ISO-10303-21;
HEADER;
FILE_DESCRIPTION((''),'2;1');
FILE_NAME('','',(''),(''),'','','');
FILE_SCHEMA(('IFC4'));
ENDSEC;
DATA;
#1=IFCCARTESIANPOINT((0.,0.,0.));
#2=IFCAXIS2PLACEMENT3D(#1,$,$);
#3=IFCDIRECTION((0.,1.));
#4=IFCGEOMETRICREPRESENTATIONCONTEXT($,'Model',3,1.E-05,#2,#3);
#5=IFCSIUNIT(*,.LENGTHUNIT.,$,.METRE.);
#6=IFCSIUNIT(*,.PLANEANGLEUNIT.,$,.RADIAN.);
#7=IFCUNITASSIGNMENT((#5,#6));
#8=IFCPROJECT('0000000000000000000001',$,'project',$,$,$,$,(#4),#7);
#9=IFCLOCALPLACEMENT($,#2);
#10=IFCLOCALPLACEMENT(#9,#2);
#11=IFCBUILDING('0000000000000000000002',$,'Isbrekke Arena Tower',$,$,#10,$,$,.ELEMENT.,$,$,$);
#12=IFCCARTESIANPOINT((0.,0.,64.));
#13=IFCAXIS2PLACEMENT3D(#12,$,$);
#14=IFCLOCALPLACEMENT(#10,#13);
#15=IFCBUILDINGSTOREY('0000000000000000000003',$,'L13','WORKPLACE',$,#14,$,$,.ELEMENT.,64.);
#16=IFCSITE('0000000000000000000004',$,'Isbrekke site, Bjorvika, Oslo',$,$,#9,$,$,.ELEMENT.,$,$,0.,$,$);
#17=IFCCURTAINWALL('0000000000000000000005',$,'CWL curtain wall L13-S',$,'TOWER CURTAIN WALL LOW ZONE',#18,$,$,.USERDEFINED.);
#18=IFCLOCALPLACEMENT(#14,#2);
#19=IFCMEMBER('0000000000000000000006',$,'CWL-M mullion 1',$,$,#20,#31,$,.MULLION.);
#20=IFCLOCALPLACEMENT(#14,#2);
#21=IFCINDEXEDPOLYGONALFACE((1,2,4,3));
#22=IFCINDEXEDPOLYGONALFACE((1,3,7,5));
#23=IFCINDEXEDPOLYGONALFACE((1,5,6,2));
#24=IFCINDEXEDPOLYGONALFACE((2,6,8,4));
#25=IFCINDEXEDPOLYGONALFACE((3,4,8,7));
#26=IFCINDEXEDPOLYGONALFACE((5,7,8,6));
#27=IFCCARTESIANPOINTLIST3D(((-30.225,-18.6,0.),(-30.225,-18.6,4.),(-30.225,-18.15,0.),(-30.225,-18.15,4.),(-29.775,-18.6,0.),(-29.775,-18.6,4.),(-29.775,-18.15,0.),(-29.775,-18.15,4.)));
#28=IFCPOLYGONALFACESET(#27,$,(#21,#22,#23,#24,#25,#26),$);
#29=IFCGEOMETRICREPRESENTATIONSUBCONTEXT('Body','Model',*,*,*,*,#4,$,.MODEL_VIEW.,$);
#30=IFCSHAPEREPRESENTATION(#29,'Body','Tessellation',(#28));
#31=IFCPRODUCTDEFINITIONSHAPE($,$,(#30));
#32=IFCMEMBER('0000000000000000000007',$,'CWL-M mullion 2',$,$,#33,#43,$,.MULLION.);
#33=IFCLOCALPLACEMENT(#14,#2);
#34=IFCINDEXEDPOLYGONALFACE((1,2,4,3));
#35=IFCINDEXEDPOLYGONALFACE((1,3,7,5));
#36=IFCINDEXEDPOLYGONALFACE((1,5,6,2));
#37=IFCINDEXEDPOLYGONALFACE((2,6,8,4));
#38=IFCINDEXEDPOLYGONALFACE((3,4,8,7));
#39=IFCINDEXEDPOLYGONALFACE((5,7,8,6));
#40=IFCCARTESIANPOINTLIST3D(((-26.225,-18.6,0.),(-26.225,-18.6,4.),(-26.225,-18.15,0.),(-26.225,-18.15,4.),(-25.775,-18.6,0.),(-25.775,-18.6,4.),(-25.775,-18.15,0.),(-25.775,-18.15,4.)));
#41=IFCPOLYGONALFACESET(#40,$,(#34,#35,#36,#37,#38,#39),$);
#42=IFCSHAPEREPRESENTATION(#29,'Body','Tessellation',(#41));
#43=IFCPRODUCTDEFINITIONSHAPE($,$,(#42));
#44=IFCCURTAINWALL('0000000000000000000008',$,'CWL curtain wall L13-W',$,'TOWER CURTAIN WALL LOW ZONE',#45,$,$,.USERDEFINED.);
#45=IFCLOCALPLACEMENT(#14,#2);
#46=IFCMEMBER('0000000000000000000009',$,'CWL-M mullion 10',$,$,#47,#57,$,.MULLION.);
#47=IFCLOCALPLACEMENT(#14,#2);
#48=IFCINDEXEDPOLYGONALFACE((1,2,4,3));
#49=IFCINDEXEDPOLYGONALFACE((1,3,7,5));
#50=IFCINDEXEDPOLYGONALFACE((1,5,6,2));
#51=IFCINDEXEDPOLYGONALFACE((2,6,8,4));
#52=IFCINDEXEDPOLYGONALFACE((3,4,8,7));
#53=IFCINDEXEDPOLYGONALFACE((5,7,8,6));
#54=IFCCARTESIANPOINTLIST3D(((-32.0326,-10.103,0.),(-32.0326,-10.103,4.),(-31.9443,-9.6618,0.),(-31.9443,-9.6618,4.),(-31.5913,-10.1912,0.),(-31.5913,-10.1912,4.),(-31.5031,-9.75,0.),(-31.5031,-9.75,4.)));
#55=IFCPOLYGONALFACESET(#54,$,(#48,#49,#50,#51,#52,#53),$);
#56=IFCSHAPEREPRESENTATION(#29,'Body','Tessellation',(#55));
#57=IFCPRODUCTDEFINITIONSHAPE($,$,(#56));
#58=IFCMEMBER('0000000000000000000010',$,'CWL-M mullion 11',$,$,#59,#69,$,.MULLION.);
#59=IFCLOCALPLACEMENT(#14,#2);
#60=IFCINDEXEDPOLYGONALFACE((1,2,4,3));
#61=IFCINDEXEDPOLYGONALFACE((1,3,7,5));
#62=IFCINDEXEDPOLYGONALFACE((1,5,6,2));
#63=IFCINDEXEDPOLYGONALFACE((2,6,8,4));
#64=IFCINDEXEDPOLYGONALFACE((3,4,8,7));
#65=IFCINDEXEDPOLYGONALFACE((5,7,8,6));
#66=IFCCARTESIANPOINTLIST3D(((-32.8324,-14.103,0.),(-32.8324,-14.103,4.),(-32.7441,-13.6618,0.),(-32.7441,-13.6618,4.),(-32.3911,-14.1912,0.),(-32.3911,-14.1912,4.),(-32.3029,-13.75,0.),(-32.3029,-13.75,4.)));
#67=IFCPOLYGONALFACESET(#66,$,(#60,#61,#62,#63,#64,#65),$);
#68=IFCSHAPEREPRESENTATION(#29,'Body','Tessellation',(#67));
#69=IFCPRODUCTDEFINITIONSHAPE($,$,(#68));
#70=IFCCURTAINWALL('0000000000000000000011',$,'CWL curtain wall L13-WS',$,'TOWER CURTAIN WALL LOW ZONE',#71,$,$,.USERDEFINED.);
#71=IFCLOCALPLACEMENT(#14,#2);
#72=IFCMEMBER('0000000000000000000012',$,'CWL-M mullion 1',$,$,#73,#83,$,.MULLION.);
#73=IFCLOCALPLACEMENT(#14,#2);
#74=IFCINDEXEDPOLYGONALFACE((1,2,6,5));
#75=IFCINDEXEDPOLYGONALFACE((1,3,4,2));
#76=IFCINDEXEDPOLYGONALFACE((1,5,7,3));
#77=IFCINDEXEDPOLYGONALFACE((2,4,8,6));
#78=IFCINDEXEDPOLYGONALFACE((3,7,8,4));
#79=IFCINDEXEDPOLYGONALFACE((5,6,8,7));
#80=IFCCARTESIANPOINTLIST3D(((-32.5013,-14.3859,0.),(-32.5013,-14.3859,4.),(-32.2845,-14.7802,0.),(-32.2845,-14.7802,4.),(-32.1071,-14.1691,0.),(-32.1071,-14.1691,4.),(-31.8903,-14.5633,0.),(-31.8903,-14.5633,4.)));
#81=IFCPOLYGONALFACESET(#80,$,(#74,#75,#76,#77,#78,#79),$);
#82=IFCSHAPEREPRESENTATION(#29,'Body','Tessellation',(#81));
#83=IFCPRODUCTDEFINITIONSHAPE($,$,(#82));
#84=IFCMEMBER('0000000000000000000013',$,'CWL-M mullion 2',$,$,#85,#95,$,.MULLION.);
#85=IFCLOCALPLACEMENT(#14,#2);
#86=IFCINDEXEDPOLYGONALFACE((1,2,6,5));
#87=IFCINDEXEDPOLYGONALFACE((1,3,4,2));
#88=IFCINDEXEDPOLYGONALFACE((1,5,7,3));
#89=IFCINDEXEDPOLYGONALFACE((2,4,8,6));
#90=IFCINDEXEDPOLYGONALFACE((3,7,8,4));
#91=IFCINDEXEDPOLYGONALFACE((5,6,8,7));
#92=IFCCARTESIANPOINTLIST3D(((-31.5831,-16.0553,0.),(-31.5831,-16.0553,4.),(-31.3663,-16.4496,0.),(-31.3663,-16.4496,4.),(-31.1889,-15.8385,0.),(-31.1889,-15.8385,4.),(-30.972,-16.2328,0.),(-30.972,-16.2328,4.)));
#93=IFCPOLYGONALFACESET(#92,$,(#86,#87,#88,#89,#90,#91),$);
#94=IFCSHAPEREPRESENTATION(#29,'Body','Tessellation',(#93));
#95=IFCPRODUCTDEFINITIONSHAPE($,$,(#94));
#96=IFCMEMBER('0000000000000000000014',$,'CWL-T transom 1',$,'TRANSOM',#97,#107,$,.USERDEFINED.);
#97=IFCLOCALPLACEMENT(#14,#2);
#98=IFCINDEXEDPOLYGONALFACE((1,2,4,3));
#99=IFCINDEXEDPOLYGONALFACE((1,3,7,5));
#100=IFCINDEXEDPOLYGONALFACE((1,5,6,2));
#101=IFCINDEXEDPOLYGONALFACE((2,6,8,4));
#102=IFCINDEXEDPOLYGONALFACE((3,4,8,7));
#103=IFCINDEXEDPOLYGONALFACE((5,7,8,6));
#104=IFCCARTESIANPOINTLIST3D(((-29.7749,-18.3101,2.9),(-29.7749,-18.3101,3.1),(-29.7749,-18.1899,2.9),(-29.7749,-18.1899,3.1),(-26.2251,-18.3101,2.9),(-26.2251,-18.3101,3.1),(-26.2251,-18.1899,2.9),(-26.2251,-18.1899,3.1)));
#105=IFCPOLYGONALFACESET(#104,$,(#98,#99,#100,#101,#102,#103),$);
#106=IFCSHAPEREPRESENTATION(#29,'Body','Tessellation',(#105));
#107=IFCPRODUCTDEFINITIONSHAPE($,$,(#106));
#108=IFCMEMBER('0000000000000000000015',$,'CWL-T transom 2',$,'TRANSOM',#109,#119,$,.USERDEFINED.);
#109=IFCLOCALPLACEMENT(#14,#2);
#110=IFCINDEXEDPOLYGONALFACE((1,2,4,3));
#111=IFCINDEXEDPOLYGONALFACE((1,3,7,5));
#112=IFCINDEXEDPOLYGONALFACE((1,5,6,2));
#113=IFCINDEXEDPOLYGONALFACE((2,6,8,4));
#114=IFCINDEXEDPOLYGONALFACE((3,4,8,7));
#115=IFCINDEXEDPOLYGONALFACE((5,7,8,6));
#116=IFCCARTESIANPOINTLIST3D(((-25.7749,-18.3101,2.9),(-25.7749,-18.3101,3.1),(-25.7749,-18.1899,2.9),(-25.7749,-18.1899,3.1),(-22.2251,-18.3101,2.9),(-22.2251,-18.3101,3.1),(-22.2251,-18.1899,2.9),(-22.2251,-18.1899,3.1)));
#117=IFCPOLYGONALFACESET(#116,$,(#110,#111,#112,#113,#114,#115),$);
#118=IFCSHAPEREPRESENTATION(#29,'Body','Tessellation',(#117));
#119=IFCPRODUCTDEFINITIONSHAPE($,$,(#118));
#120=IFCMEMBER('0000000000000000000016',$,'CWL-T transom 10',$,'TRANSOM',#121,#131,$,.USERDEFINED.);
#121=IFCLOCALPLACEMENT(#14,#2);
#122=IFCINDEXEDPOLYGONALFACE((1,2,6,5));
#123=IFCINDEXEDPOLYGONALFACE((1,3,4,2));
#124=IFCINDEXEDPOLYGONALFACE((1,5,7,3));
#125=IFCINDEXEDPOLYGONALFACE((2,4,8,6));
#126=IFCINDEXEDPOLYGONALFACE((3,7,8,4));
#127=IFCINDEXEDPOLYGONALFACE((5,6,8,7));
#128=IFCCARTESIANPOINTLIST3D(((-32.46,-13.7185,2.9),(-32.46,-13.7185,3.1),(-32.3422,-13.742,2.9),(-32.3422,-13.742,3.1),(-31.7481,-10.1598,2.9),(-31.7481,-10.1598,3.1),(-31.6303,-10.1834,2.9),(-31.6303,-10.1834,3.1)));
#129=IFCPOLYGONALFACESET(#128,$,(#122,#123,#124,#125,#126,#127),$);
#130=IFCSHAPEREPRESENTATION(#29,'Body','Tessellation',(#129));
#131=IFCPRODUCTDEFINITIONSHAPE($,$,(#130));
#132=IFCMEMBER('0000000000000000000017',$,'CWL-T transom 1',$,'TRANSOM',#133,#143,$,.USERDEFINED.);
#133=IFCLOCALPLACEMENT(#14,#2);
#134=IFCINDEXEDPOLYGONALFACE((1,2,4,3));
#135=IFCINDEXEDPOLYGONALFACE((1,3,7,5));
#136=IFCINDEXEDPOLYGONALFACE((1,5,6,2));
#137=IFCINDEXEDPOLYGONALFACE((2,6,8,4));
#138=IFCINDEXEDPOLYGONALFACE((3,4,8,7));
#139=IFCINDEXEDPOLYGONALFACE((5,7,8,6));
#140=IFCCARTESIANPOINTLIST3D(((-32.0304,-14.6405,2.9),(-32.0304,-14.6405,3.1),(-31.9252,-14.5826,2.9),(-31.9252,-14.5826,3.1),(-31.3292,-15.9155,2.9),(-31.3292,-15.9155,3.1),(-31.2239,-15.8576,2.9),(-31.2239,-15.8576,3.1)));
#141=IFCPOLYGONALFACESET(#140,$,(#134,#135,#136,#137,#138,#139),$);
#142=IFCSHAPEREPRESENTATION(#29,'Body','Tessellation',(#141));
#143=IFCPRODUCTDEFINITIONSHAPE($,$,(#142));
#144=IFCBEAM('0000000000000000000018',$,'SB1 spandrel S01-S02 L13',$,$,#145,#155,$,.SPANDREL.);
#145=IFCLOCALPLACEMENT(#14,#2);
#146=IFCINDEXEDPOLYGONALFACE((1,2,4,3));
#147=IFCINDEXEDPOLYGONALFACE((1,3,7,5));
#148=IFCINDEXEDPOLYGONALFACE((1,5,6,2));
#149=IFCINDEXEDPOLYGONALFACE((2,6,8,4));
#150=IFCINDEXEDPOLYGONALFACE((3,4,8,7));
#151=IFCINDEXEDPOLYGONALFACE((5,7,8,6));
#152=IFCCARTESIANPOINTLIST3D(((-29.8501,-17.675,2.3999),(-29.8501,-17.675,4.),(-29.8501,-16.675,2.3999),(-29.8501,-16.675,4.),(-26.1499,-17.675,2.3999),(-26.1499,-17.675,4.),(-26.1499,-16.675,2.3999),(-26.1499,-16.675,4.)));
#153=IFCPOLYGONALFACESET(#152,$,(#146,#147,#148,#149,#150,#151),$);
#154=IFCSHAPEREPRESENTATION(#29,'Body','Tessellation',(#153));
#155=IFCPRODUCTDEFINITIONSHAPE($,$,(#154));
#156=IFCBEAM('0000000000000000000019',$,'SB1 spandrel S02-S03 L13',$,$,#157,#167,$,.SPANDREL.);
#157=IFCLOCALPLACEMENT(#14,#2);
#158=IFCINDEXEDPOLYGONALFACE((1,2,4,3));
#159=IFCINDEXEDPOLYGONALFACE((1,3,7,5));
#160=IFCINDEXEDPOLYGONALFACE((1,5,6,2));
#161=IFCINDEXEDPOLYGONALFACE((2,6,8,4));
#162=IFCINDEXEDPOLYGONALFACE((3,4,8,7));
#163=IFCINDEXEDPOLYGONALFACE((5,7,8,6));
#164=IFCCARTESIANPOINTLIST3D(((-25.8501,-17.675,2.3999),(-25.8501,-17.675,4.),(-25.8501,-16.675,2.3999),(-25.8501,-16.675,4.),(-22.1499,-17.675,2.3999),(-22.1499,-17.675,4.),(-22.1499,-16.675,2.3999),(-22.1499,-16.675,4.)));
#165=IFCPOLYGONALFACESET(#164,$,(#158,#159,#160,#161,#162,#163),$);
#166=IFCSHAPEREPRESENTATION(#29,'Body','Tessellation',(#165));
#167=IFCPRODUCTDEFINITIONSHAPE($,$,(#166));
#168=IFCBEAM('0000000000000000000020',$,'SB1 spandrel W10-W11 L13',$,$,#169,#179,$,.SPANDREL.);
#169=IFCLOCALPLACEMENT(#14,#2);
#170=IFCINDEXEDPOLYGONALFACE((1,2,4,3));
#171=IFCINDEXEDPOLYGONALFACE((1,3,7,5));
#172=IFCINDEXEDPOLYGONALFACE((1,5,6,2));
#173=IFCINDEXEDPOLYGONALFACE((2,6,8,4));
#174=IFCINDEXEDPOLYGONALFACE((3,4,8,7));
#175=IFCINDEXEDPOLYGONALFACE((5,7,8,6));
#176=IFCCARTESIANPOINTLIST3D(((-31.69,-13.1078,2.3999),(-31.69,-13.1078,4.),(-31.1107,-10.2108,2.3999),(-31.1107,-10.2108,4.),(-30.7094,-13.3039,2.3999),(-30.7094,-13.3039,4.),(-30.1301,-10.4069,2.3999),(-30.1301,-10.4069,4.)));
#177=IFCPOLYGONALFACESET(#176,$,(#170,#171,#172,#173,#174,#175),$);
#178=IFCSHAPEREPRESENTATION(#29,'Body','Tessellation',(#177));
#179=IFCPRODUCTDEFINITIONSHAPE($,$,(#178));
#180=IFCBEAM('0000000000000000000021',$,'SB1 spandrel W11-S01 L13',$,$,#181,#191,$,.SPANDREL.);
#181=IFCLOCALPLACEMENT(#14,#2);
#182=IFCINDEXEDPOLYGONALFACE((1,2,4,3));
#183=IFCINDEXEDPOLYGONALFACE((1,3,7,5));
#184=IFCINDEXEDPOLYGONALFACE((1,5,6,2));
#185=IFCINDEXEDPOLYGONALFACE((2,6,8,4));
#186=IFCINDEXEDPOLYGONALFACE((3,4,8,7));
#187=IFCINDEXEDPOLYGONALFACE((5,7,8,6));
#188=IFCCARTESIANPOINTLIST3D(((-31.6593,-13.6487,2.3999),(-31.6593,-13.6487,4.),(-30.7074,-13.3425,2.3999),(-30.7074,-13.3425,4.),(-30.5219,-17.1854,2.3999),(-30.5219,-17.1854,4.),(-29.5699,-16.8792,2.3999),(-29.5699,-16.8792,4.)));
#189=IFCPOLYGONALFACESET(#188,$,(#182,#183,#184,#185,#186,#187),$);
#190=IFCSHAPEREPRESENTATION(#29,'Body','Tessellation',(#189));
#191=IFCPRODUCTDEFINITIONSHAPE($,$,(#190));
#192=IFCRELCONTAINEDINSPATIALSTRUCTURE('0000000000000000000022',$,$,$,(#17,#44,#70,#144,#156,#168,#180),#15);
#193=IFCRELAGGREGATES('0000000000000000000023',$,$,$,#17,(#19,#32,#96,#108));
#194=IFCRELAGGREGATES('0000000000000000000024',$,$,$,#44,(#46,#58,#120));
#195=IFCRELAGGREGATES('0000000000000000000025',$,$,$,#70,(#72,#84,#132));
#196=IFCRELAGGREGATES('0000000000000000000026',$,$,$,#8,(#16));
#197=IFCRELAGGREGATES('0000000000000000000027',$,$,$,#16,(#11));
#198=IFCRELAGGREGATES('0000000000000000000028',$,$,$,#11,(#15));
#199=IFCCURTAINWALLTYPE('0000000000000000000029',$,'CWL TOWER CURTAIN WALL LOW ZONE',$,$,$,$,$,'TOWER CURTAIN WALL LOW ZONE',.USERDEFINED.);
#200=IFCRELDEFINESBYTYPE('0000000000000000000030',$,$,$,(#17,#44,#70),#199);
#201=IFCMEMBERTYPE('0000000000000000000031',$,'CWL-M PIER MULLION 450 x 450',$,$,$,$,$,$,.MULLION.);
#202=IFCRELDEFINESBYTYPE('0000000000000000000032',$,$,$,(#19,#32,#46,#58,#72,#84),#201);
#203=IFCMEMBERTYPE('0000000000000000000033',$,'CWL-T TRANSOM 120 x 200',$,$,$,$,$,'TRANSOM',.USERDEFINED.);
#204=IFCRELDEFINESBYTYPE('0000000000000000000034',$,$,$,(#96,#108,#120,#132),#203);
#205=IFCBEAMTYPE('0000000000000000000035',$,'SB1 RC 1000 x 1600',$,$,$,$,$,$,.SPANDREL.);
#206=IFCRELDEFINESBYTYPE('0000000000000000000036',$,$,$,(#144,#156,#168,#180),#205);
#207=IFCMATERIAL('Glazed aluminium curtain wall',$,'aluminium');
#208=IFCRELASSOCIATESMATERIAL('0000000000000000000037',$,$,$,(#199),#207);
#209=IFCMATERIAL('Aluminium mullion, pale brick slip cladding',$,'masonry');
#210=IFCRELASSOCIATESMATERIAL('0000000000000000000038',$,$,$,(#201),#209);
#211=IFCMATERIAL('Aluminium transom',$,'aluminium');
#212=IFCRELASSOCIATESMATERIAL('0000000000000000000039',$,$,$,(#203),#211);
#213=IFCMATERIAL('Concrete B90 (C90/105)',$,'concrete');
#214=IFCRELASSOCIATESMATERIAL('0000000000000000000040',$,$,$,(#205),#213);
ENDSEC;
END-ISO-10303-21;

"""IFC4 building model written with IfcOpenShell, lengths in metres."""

from ifc_helpers import new_model, si_unit, direction, frame, origin, origin_2d, place, context, subcontext, project, spatial, rectangle, extrude, material, material_profile, profile_set, type_object, element, aggregate, save


model = new_model("IFC4")

# Units and contexts
model_context = context("Model", 3, precision=1e-05, world=origin(), true_north=direction((0.0, 1.0)))
body_context = subcontext(model_context, "Body", "Model", "MODEL_VIEW")
ifc_project = project(units=[si_unit("LENGTHUNIT", "METRE"), si_unit("PLANEANGLEUNIT", "RADIAN")], contexts=[model_context])

# Site, building, storey
site_placement = place(None, origin())
site = spatial("IfcSite", under=ifc_project, at=site_placement, Name="Isbrekke site, Bjorvika, Oslo", CompositionType="ELEMENT", RefElevation=0.0)
building_placement = place(site_placement, origin())
building = spatial("IfcBuilding", under=site, at=building_placement, Name="Isbrekke Arena Tower", CompositionType="ELEMENT")
storey_placement = place(building_placement, frame((0.0, 0.0, 64.0)))
storey = spatial("IfcBuildingStorey", under=building, at=storey_placement, Name="L13", Description="WORKPLACE", CompositionType="ELEMENT", Elevation=64.0)

# Curtain walls, members
ifc_material_1 = material(Name="Glazed aluminium curtain wall", Category="aluminium")
curtain_wall_type = type_object("IfcCurtainWallType", Name="CWL TOWER CURTAIN WALL LOW ZONE", ElementType="TOWER CURTAIN WALL LOW ZONE", PredefinedType="USERDEFINED", material=ifc_material_1)
curtain_wall_1_placement = place(storey_placement, origin())
curtain_wall_1 = element("IfcCurtainWall", 1, at=curtain_wall_1_placement, inside=storey, type_object=curtain_wall_type, Name="CWL curtain wall L13-S", ObjectType="TOWER CURTAIN WALL LOW ZONE", PredefinedType="USERDEFINED")
ifc_material_2 = material(Name="Aluminium mullion, pale brick slip cladding", Category="masonry")
ifc_material_profile_1 = material_profile(ifc_material_2, rectangle(XDim=0.45, YDim=0.45, at=origin_2d()), Name="PIER 450X450")
ifc_profile_set_1 = profile_set([ifc_material_profile_1], Name="Aluminium mullion, pale brick slip cladding")
member_type_1 = type_object("IfcMemberType", Name="CWL-M PIER MULLION 450 x 450", PredefinedType="MULLION", material=ifc_profile_set_1)
member_1_placement = place(storey_placement, frame((-30.0, -18.375, 0.0), z_axis=(0.0, 0.0, 1.0), x_axis=(1.0, 0.0, 0.0)))
member_1 = element("IfcMember", 2, at=member_1_placement, type_object=member_type_1, Name="CWL-M mullion 1", PredefinedType="MULLION", context=body_context, shape_type="SweptSolid", body=[
    extrude(rectangle(XDim=0.45, YDim=0.45, at=origin_2d()), origin(), (0.0, 0.0, 1.0), 4.0),
])
member_2_placement = place(storey_placement, frame((-26.0, -18.375, 0.0), z_axis=(0.0, 0.0, 1.0), x_axis=(1.0, 0.0, 0.0)))
member_2 = element("IfcMember", 3, at=member_2_placement, type_object=member_type_1, Name="CWL-M mullion 2", PredefinedType="MULLION", context=body_context, shape_type="SweptSolid", body=[
    extrude(rectangle(XDim=0.45, YDim=0.45, at=origin_2d()), origin(), (0.0, 0.0, 1.0), 4.0),
])
curtain_wall_2_placement = place(storey_placement, origin())
curtain_wall_2 = element("IfcCurtainWall", 4, at=curtain_wall_2_placement, inside=storey, type_object=curtain_wall_type, Name="CWL curtain wall L13-W", ObjectType="TOWER CURTAIN WALL LOW ZONE", PredefinedType="USERDEFINED")
member_3_placement = place(storey_placement, frame((-31.7678, -9.9265, 0.0), z_axis=(0.0, 0.0, 1.0), x_axis=(-0.196116, -0.980581, 0.0)))
member_3 = element("IfcMember", 5, at=member_3_placement, type_object=member_type_1, Name="CWL-M mullion 10", PredefinedType="MULLION", context=body_context, shape_type="SweptSolid", body=[
    extrude(rectangle(XDim=0.45, YDim=0.45, at=origin_2d()), origin(), (0.0, 0.0, 1.0), 4.0),
])
member_4_placement = place(storey_placement, frame((-32.5676, -13.9265, 0.0), z_axis=(0.0, 0.0, 1.0), x_axis=(-0.196116, -0.980581, 0.0)))
member_4 = element("IfcMember", 6, at=member_4_placement, type_object=member_type_1, Name="CWL-M mullion 11", PredefinedType="MULLION", context=body_context, shape_type="SweptSolid", body=[
    extrude(rectangle(XDim=0.45, YDim=0.45, at=origin_2d()), origin(), (0.0, 0.0, 1.0), 4.0),
])
curtain_wall_3_placement = place(storey_placement, origin())
curtain_wall_3 = element("IfcCurtainWall", 7, at=curtain_wall_3_placement, inside=storey, type_object=curtain_wall_type, Name="CWL curtain wall L13-WS", ObjectType="TOWER CURTAIN WALL LOW ZONE", PredefinedType="USERDEFINED")
member_5_placement = place(storey_placement, frame((-32.1958, -14.4746, 0.0), z_axis=(0.0, 0.0, 1.0), x_axis=(0.481919, -0.876216, 0.0)))
member_5 = element("IfcMember", 8, at=member_5_placement, type_object=member_type_1, Name="CWL-M mullion 1", PredefinedType="MULLION", context=body_context, shape_type="SweptSolid", body=[
    extrude(rectangle(XDim=0.45, YDim=0.45, at=origin_2d()), origin(), (0.0, 0.0, 1.0), 4.0),
])
member_6_placement = place(storey_placement, frame((-31.2776, -16.144, 0.0), z_axis=(0.0, 0.0, 1.0), x_axis=(0.481919, -0.876216, 0.0)))
member_6 = element("IfcMember", 9, at=member_6_placement, type_object=member_type_1, Name="CWL-M mullion 2", PredefinedType="MULLION", context=body_context, shape_type="SweptSolid", body=[
    extrude(rectangle(XDim=0.45, YDim=0.45, at=origin_2d()), origin(), (0.0, 0.0, 1.0), 4.0),
])

# Members
ifc_material_3 = material(Name="Aluminium transom", Category="aluminium")
ifc_material_profile_2 = material_profile(ifc_material_3, rectangle(XDim=0.1201, YDim=0.2, at=origin_2d()), Name="TRANSOM 120X200")
ifc_profile_set_2 = profile_set([ifc_material_profile_2], Name="Aluminium transom")
member_type_2 = type_object("IfcMemberType", Name="CWL-T TRANSOM 120 x 200", ElementType="TRANSOM", PredefinedType="USERDEFINED", material=ifc_profile_set_2)
member_7_placement = place(storey_placement, frame((-29.7749, -18.25, 3.0), z_axis=(1.0, 0.0, 0.0), x_axis=(0.0, 1.0, 0.0)))
member_7 = element("IfcMember", 10, at=member_7_placement, type_object=member_type_2, Name="CWL-T transom 1", ObjectType="TRANSOM", PredefinedType="USERDEFINED", context=body_context, shape_type="SweptSolid", body=[
    extrude(rectangle(XDim=0.1201, YDim=0.2, at=origin_2d()), origin(), (0.0, 0.0, 1.0), 3.5498),
])
member_8_placement = place(storey_placement, frame((-25.7749, -18.25, 3.0), z_axis=(1.0, 0.0, 0.0), x_axis=(0.0, 1.0, 0.0)))
member_8 = element("IfcMember", 11, at=member_8_placement, type_object=member_type_2, Name="CWL-T transom 2", ObjectType="TRANSOM", PredefinedType="USERDEFINED", context=body_context, shape_type="SweptSolid", body=[
    extrude(rectangle(XDim=0.1201, YDim=0.2, at=origin_2d()), origin(), (0.0, 0.0, 1.0), 3.5498),
])
member_9_placement = place(storey_placement, frame((-31.6892, -10.1716, 3.0), z_axis=(-0.196168, -0.98057, 0.0), x_axis=(0.98057, -0.196168, 0.0)))
member_9 = element("IfcMember", 12, at=member_9_placement, type_object=member_type_2, Name="CWL-T transom 10", ObjectType="TRANSOM", PredefinedType="USERDEFINED", context=body_context, shape_type="SweptSolid", body=[
    extrude(rectangle(XDim=0.1201, YDim=0.2, at=origin_2d()), origin(), (0.0, 0.0, 1.0), 3.6292),
])
member_10_placement = place(storey_placement, frame((-31.9778, -14.6116, 3.0), z_axis=(0.481906, -0.876223, 0.0), x_axis=(0.876223, 0.481906, 0.0)))
member_10 = element("IfcMember", 13, at=member_10_placement, type_object=member_type_2, Name="CWL-T transom 1", ObjectType="TRANSOM", PredefinedType="USERDEFINED", context=body_context, shape_type="SweptSolid", body=[
    extrude(rectangle(XDim=0.1201, YDim=0.2, at=origin_2d()), origin(), (0.0, 0.0, 1.0), 1.4551),
])

# Beams
ifc_material_4 = material(Name="Concrete B90 (C90/105)", Category="concrete")
ifc_material_profile_3 = material_profile(ifc_material_4, rectangle(XDim=1.0, YDim=1.6001, at=origin_2d()), Name="RC 1000x1600")
ifc_profile_set_3 = profile_set([ifc_material_profile_3], Name="Concrete B90 (C90/105)")
beam_type_1 = type_object("IfcBeamType", Name="SB1 RC 1000 x 1600", PredefinedType="SPANDREL", material=ifc_profile_set_3)
for number, where, z_axis, x_axis, name in (
    (14, (-29.8501, -17.175, 3.2), (1.0, 0.0, 0.0), (0.0, 1.0, 0.0), "SB1 spandrel S01-S02 L13"),
    (15, (-25.8501, -17.175, 3.2), (1.0, 0.0, 0.0), (0.0, 1.0, 0.0), "SB1 spandrel S02-S03 L13"),
):
    element("IfcBeam", number, at=place(storey_placement, frame(where, z_axis=z_axis, x_axis=x_axis)), inside=storey, type_object=beam_type_1, Name=name, PredefinedType="SPANDREL", context=body_context, shape_type="SweptSolid", body=[
        extrude(rectangle(XDim=1.0, YDim=1.6001, at=origin_2d()), origin(), (0.0, 0.0, 1.0), 3.7002),
    ])
beam_1_placement = place(storey_placement, frame((-30.6204, -10.3088, 3.2), z_axis=(-0.1961, -0.980584, 0.0), x_axis=(0.980584, -0.1961, 0.0)))
element("IfcBeam", 16, at=beam_1_placement, inside=storey, type_object=beam_type_1, Name="SB1 spandrel W10-W11 L13", PredefinedType="SPANDREL", context=body_context, shape_type="SweptSolid", body=[
    extrude(rectangle(XDim=1.0, YDim=1.6001, at=origin_2d()), origin(), (0.0, 0.0, 1.0), 2.9543),
])
beam_2_placement = place(storey_placement, frame((-31.1833, -13.4956, 3.2), z_axis=(0.306175, -0.951975, 0.0), x_axis=(0.951975, 0.306175, 0.0)))
element("IfcBeam", 17, at=beam_2_placement, inside=storey, type_object=beam_type_1, Name="SB1 spandrel W11-S01 L13", PredefinedType="SPANDREL", context=body_context, shape_type="SweptSolid", body=[
    extrude(rectangle(XDim=1.0, YDim=1.6001, at=origin_2d()), origin(), (0.0, 0.0, 1.0), 3.7151),
])

aggregate(curtain_wall_1, [member_1, member_2, member_7, member_8])
aggregate(curtain_wall_2, [member_3, member_4, member_9])
aggregate(curtain_wall_3, [member_5, member_6, member_10])

save(model, "model.ifc")
